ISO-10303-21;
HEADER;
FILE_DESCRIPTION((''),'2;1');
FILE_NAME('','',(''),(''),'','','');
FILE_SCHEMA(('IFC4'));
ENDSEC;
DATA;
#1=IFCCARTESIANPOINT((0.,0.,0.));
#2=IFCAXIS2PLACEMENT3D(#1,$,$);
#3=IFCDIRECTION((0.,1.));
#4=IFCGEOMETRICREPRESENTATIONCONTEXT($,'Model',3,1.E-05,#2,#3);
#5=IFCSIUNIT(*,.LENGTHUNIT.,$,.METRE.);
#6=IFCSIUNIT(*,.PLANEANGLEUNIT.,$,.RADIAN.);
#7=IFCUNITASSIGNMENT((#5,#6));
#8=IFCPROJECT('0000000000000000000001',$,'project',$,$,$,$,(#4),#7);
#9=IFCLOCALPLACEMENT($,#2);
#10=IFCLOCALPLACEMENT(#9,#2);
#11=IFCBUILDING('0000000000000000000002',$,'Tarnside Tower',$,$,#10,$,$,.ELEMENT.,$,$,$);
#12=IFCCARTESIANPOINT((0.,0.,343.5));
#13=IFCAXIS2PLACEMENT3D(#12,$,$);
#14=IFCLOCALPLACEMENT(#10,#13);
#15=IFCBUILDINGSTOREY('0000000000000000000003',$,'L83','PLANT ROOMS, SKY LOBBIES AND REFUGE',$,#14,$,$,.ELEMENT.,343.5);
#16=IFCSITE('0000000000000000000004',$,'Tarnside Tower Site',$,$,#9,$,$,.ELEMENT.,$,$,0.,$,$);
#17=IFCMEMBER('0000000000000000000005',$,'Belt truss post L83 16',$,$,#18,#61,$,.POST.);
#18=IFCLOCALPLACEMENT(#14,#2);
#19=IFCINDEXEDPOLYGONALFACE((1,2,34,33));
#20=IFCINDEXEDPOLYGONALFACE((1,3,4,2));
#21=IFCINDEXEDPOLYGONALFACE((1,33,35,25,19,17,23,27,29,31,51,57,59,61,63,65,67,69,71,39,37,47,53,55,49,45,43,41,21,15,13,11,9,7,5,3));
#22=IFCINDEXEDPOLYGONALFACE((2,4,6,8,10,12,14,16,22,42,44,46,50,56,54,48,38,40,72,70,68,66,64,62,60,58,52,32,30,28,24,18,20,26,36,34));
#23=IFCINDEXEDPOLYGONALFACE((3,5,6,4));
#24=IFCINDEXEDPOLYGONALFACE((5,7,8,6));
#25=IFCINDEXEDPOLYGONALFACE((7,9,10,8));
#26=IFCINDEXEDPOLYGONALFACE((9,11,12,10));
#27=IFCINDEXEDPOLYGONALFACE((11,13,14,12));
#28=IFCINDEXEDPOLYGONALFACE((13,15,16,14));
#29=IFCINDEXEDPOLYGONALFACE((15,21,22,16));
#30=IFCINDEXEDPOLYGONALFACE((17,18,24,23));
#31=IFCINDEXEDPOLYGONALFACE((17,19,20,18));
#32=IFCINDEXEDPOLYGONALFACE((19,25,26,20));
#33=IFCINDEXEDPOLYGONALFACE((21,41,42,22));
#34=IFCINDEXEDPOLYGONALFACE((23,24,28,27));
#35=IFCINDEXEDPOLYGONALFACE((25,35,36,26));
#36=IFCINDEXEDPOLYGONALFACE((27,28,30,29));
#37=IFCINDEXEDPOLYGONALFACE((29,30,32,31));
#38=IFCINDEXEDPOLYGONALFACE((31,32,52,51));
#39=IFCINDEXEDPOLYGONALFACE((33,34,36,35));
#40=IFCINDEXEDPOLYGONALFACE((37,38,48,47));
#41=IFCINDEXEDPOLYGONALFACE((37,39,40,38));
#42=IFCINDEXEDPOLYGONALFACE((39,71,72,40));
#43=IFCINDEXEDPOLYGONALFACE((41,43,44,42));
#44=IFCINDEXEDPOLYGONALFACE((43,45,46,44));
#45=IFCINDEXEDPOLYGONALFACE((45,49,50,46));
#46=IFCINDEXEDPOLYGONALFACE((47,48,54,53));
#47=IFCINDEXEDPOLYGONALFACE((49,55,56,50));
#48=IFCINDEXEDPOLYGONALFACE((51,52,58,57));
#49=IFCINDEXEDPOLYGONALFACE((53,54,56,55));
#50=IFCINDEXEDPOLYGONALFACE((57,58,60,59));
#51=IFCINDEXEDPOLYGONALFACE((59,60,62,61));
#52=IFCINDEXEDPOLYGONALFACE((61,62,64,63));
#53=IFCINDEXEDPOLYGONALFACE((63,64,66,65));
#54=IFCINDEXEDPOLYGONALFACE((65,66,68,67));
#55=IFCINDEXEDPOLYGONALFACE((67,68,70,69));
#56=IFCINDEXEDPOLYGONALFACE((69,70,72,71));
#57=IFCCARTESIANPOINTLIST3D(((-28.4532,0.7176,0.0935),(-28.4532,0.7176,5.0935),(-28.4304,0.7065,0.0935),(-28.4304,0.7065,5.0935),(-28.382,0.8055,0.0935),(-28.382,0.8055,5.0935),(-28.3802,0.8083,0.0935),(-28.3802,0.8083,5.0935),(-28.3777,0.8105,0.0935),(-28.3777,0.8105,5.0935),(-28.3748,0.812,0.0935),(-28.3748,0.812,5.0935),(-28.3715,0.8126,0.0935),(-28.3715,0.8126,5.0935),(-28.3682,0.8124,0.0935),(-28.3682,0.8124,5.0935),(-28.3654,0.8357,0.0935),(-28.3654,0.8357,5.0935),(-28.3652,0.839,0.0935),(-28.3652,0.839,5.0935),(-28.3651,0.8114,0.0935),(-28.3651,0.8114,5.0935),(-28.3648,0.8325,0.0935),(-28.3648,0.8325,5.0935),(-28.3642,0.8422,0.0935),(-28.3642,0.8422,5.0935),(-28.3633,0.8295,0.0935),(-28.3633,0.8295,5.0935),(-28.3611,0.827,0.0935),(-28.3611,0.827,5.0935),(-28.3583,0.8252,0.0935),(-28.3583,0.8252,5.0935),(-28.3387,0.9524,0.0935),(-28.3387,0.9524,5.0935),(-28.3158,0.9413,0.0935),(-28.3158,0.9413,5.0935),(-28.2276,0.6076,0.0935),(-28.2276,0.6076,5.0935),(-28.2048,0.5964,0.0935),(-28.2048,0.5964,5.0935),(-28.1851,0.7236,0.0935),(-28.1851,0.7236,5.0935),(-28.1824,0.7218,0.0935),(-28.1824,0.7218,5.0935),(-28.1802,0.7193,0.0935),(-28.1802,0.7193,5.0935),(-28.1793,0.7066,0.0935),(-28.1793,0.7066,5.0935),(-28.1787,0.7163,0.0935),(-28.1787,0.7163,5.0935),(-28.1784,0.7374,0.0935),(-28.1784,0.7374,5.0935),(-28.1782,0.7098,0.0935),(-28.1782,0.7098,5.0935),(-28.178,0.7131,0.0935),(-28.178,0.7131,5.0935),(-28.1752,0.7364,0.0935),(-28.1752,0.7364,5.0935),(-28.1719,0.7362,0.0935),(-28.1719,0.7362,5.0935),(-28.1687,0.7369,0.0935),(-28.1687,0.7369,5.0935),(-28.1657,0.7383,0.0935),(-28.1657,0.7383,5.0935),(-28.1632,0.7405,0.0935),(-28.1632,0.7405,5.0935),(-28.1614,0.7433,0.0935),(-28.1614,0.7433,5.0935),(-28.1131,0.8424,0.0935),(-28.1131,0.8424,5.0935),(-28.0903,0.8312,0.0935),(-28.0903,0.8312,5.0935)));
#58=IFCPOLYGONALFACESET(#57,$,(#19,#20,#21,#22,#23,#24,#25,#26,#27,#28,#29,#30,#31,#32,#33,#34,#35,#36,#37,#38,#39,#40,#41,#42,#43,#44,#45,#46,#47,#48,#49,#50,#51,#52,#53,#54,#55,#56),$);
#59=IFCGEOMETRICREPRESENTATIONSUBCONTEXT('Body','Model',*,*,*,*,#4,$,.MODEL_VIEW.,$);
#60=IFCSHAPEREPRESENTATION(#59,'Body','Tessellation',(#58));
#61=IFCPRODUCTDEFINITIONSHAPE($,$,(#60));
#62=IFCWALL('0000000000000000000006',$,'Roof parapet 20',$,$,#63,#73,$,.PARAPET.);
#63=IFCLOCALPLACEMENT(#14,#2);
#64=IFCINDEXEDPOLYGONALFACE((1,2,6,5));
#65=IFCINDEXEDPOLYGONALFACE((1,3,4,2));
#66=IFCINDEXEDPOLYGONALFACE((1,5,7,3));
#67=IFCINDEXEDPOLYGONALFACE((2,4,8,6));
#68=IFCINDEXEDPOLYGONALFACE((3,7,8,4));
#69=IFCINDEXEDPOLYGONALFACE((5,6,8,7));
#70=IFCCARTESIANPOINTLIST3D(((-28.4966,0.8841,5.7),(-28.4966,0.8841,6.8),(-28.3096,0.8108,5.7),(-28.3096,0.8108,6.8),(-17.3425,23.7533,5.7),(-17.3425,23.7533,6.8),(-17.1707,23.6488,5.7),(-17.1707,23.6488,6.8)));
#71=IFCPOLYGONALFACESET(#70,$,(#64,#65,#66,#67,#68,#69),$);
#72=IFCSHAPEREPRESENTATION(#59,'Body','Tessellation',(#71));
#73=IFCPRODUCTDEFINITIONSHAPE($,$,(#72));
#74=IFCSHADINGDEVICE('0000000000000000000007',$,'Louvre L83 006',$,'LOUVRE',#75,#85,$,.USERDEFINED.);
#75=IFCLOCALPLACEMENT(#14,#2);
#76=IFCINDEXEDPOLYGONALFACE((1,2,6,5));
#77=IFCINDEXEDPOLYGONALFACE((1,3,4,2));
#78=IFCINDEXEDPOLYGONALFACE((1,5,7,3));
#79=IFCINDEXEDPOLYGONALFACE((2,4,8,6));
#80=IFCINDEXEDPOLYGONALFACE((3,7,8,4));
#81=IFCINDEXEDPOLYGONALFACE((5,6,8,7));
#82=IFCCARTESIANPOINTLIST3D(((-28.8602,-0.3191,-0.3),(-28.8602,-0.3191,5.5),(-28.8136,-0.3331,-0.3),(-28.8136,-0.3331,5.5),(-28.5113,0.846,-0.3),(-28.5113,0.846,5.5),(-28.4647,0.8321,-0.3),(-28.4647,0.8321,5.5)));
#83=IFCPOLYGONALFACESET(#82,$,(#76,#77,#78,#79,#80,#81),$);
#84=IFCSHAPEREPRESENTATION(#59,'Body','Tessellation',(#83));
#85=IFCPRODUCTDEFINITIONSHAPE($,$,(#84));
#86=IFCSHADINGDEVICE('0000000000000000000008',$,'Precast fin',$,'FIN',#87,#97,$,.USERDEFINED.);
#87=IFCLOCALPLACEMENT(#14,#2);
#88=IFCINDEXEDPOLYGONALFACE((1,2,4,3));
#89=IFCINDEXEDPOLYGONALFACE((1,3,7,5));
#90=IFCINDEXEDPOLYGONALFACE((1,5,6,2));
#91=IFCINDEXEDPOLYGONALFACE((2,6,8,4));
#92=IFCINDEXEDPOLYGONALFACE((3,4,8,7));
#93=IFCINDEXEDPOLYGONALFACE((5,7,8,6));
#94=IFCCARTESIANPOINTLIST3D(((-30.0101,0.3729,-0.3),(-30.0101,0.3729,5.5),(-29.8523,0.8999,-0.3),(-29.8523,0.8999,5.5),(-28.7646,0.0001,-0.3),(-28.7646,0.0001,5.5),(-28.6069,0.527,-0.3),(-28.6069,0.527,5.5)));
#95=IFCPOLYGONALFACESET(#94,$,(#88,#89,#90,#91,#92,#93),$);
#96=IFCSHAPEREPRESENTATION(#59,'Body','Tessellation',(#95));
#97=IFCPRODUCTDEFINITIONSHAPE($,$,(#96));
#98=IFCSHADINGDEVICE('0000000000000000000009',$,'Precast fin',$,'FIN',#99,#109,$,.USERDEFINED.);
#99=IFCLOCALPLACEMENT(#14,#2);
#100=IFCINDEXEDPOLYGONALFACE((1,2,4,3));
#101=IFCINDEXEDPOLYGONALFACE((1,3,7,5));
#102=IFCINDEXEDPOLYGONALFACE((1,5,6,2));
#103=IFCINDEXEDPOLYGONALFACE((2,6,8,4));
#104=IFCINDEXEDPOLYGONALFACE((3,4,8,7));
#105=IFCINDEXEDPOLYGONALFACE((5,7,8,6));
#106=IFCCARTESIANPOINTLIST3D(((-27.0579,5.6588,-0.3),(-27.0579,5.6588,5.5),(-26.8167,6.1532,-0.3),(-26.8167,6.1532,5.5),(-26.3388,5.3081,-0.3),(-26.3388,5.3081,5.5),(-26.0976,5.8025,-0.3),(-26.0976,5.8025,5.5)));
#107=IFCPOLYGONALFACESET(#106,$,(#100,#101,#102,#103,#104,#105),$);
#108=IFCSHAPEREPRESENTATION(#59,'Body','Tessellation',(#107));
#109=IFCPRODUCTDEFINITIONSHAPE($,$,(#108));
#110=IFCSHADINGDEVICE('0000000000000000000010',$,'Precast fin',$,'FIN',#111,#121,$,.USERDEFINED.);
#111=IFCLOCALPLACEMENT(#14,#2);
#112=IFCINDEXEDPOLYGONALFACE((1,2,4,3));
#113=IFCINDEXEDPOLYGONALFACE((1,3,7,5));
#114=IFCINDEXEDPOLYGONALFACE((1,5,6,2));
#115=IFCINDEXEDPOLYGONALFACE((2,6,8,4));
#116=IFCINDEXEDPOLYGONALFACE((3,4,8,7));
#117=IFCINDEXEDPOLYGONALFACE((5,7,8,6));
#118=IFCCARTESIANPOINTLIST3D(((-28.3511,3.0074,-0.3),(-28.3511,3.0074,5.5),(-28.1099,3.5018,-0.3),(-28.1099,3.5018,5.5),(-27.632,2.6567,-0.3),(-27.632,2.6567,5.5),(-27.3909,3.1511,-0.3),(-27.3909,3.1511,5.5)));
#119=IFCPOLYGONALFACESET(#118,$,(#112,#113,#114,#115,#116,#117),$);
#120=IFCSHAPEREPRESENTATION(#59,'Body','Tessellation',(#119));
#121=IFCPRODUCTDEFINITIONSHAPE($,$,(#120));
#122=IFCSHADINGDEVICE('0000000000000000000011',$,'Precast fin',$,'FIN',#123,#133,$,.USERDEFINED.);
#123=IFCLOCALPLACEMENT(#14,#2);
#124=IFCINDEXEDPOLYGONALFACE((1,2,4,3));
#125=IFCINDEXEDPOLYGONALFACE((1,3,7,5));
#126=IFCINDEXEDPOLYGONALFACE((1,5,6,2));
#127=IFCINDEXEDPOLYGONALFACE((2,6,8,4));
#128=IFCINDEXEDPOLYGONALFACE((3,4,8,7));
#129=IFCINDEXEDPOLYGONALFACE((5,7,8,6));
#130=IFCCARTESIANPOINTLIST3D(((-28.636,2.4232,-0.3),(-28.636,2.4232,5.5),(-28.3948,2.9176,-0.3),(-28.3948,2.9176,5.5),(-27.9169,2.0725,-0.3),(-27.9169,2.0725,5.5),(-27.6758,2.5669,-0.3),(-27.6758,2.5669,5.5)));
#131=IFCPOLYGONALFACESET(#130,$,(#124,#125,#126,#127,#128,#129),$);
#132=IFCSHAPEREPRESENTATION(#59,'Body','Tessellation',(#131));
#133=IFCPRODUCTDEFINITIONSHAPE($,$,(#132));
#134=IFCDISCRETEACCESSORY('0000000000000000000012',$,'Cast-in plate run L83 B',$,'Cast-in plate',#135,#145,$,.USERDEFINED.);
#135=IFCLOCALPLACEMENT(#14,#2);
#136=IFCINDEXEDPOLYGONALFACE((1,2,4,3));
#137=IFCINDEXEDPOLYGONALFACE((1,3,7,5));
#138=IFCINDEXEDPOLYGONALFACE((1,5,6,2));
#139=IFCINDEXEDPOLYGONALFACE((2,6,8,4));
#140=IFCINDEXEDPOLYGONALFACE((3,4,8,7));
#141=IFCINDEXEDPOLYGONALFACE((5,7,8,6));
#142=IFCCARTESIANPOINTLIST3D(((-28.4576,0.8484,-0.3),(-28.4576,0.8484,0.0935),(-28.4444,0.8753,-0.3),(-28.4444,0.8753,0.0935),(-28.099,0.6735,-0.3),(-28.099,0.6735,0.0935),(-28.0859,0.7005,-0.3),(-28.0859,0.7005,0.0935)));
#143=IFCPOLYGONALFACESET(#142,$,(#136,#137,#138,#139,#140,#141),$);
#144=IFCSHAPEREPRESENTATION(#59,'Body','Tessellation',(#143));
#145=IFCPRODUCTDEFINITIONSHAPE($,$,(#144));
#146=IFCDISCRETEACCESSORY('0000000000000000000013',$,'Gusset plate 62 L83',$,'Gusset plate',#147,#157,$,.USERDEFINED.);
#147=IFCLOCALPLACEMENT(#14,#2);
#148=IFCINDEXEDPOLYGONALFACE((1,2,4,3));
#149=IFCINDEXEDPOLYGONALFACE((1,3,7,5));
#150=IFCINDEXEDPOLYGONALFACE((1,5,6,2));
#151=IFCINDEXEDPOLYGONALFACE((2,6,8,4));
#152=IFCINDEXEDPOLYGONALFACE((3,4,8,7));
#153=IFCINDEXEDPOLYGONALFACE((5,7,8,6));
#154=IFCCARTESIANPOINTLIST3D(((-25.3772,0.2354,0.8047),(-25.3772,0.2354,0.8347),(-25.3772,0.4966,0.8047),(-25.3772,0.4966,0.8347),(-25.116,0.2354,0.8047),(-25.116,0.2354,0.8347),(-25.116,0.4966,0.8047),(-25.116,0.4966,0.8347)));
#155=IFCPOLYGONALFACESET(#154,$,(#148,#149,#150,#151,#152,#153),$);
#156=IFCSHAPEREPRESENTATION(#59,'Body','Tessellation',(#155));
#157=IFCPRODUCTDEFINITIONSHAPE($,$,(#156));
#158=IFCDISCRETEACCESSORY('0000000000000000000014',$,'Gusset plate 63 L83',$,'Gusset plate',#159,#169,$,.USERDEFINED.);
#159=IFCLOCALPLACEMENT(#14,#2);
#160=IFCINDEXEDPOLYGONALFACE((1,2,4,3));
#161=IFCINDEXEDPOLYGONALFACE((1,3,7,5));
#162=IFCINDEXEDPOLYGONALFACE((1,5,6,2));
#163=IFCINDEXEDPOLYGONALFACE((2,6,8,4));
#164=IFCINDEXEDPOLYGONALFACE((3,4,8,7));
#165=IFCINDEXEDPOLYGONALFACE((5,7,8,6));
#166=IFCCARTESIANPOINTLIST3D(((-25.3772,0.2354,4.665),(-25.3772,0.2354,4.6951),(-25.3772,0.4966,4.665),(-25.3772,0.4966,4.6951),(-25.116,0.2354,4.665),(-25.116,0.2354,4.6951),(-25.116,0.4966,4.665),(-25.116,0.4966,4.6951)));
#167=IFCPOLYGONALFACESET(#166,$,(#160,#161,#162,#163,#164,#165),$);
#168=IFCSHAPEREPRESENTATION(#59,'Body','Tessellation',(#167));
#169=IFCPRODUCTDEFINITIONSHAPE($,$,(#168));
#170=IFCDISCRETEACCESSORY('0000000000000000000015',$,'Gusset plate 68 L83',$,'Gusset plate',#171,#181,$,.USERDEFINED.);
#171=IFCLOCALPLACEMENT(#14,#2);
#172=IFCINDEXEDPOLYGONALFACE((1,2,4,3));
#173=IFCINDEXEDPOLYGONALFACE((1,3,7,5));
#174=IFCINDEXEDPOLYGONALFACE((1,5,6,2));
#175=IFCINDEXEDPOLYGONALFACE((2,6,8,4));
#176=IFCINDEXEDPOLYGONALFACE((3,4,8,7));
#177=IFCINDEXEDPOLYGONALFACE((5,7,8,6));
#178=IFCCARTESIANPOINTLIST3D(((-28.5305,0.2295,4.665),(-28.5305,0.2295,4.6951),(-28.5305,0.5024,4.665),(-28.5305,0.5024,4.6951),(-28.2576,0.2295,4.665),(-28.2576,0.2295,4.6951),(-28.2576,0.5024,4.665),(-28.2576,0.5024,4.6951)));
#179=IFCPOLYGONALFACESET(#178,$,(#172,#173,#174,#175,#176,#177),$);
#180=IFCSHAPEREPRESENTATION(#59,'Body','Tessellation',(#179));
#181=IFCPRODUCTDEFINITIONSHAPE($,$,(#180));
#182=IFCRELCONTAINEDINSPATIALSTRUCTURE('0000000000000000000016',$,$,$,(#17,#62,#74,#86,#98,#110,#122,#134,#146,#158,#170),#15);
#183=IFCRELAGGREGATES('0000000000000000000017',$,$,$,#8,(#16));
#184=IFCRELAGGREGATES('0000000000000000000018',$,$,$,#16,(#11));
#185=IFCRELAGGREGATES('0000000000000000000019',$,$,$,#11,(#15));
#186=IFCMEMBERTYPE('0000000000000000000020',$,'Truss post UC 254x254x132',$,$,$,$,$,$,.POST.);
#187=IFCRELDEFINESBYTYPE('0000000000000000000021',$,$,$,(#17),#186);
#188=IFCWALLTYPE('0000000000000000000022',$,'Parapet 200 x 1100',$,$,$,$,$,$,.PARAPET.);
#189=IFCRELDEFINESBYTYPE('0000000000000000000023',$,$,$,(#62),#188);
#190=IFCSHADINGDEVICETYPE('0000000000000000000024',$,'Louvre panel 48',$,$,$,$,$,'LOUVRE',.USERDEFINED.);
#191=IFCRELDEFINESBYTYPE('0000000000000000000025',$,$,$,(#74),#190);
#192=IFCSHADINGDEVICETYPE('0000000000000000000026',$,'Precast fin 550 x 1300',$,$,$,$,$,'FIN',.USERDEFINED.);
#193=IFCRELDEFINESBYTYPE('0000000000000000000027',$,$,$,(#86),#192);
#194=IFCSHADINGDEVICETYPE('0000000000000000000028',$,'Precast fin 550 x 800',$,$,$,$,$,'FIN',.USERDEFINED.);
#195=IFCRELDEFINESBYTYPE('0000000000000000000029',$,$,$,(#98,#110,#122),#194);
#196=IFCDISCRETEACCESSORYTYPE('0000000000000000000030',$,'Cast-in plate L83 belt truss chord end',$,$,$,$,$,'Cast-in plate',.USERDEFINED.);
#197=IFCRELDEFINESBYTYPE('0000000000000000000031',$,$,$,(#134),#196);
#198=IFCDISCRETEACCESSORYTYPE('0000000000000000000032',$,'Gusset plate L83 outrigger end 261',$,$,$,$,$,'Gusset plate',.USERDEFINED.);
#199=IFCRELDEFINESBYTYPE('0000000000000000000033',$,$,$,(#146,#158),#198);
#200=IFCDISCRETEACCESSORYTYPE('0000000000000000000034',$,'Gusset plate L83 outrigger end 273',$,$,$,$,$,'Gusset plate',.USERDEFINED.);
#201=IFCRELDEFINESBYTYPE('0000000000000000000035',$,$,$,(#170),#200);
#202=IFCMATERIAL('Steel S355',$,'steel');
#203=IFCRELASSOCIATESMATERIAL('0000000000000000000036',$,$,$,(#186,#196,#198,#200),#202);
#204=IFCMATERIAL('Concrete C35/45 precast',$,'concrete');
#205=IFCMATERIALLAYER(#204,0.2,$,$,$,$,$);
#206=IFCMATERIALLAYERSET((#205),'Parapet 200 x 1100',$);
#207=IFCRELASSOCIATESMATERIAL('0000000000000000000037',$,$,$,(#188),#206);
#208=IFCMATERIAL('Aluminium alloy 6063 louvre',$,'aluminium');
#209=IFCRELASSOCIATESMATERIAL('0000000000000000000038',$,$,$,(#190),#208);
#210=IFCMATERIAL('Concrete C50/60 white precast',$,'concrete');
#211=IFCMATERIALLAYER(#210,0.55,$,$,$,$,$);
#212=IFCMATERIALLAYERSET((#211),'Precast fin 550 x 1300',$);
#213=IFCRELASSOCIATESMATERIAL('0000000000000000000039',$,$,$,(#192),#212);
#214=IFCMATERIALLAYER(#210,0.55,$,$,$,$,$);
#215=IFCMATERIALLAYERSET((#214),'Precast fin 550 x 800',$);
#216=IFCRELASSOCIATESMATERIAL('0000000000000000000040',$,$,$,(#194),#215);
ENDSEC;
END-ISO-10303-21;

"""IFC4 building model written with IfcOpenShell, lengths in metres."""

from ifc_helpers import new_model, si_unit, direction, frame, origin, origin_2d, place, context, subcontext, project, spatial, polyline, rectangle, i_section, outline, extrude, material, layer, layer_set, material_profile, profile_set, type_object, element, save


model = new_model("IFC4")

# Units and contexts
model_context = context("Model", 3, precision=1e-05, world=origin(), true_north=direction((0.0, 1.0)))
body_context = subcontext(model_context, "Body", "Model", "MODEL_VIEW")
ifc_project = project(units=[si_unit("LENGTHUNIT", "METRE"), si_unit("PLANEANGLEUNIT", "RADIAN")], contexts=[model_context])

# Site, building, storey
site_placement = place(None, origin())
site = spatial("IfcSite", under=ifc_project, at=site_placement, Name="Tarnside Tower Site", CompositionType="ELEMENT", RefElevation=0.0)
building_placement = place(site_placement, origin())
building = spatial("IfcBuilding", under=site, at=building_placement, Name="Tarnside Tower", CompositionType="ELEMENT")
storey_placement = place(building_placement, frame((0.0, 0.0, 343.5)))
storey = spatial("IfcBuildingStorey", under=building, at=storey_placement, Name="L83", Description="PLANT ROOMS, SKY LOBBIES AND REFUGE", CompositionType="ELEMENT", Elevation=343.5)

# Shared definitions
ifc_material_1 = material(Name="Steel S355", Category="steel")

# Member
ifc_material_profile_1 = material_profile(ifc_material_1, i_section(OverallWidth=0.2612, OverallDepth=0.2764, WebThickness=0.0154, FlangeThickness=0.0254, FilletRadius=0.0127, at=origin_2d()), Name="UC 254x254x132")
ifc_profile_set_1 = profile_set([ifc_material_profile_1], Name="Steel S355")
member_type_1 = type_object("IfcMemberType", Name="Truss post UC 254x254x132", PredefinedType="POST", material=ifc_profile_set_1)
for number, where, z_axis, x_axis, name in (
    (1, (-28.2717, 0.7744, 0.0935), (0.0, 0.0, 1.0), (-0.438371, -0.898794, 0.0), "Belt truss post L83 16"),
):
    element("IfcMember", number, at=place(storey_placement, frame(where, z_axis=z_axis, x_axis=x_axis)), inside=storey, type_object=member_type_1, Name=name, PredefinedType="POST", context=body_context, shape_type="SweptSolid", body=[
        extrude(i_section(OverallWidth=0.2612, OverallDepth=0.2764, WebThickness=0.0154, FlangeThickness=0.0254, FilletRadius=0.0127, at=origin_2d()), origin(), (0.0, 0.0, 1.0), 5.0),
    ])

# Wall
ifc_material_2 = material(Name="Concrete C35/45 precast", Category="concrete")
ifc_layer_1 = layer(ifc_material_2, 0.2)
ifc_layer_set_1 = layer_set([ifc_layer_1], Name="Parapet 200 x 1100")
wall_type = type_object("IfcWallType", Name="Parapet 200 x 1100", PredefinedType="PARAPET", material=ifc_layer_set_1)
wall_placement = place(storey_placement, frame((-28.4031, 0.8474, 5.7), z_axis=(0.0, 0.0, 1.0), x_axis=(0.43837, 0.898795, 0.0)))
element("IfcWall", 2, at=wall_placement, inside=storey, type_object=wall_type, Name="Roof parapet 20", PredefinedType="PARAPET", context=body_context, shape_type="SweptSolid", body=[
    extrude(outline(polyline([(0.0081, -0.1001), (25.4177, -0.1001), (25.4363, 0.1001), (-0.0081, 0.1001), (0.0081, -0.1001)])), origin(), (0.0, 0.0, 1.0), 1.1001),
])

# Shading devices
ifc_material_3 = material(Name="Aluminium alloy 6063 louvre", Category="aluminium")
shading_device_type_1 = type_object("IfcShadingDeviceType", Name="Louvre panel 48", ElementType="LOUVRE", PredefinedType="USERDEFINED", material=ifc_material_3)
shading_device_1_placement = place(storey_placement, frame((-28.6392, 0.2495, -0.3), z_axis=(0.28685, 0.957976, 0.0), x_axis=(-0.957976, 0.28685, 0.0)))
element("IfcShadingDevice", 3, at=shading_device_1_placement, inside=storey, type_object=shading_device_type_1, Name="Louvre L83 006", ObjectType="LOUVRE", PredefinedType="USERDEFINED", context=body_context, shape_type="SweptSolid", body=[
    extrude(outline(polyline([(0.0, 0.0), (0.0486, 0.0), (0.0486, 5.8), (0.0, 5.8), (0.0, 0.0)])), frame((0.0, 0.0, -0.6082)), (0.0, 0.0, 1.0), 1.2163),
])
ifc_material_4 = material(Name="Concrete C50/60 white precast", Category="concrete")
ifc_layer_2 = layer(ifc_material_4, 0.55)
ifc_layer_set_2 = layer_set([ifc_layer_2], Name="Precast fin 550 x 1300")
shading_device_type_2 = type_object("IfcShadingDeviceType", Name="Precast fin 550 x 1300", ElementType="FIN", PredefinedType="USERDEFINED", material=ifc_layer_set_2)
shading_device_2_placement = place(storey_placement, frame((-28.6858, 0.2634, -0.3), z_axis=(0.286803, 0.95799, 0.0), x_axis=(-0.95799, 0.286803, 0.0)))
element("IfcShadingDevice", 4, at=shading_device_2_placement, inside=storey, type_object=shading_device_type_2, Name="Precast fin", ObjectType="FIN", PredefinedType="USERDEFINED", context=body_context, shape_type="SweptSolid", body=[
    extrude(outline(polyline([(0.0, 0.0), (1.3, 0.0), (1.3, 5.8), (0.0, 5.8), (0.0, 0.0)])), frame((0.0, 0.0, -0.2749)), (0.0, 0.0, 1.0), 0.55),
])
ifc_layer_3 = layer(ifc_material_4, 0.55)
ifc_layer_set_3 = layer_set([ifc_layer_3], Name="Precast fin 550 x 800")
shading_device_type_3 = type_object("IfcShadingDeviceType", Name="Precast fin 550 x 800", ElementType="FIN", PredefinedType="USERDEFINED", material=ifc_layer_set_3)
for number, where, z_axis, x_axis, name in (
    (5, (-26.2183, 5.5552, -0.3), (0.438371, 0.898794, 0.0), (-0.898794, 0.438371, 0.0), "Precast fin"),
    (6, (-27.5115, 2.9038, -0.3), (0.438371, 0.898794, 0.0), (-0.898794, 0.438371, 0.0), "Precast fin"),
    (7, (-27.7964, 2.3196, -0.3), (0.438371, 0.898794, 0.0), (-0.898794, 0.438371, 0.0), "Precast fin"),
):
    element("IfcShadingDevice", number, at=place(storey_placement, frame(where, z_axis=z_axis, x_axis=x_axis)), inside=storey, type_object=shading_device_type_3, Name=name, ObjectType="FIN", PredefinedType="USERDEFINED", context=body_context, shape_type="SweptSolid", body=[
        extrude(outline(polyline([(0.0, 0.0), (0.8, 0.0), (0.8, 5.8), (0.0, 5.8), (0.0, 0.0)])), frame((0.0, 0.0, -0.2749)), (0.0, 0.0, 1.0), 0.55),
    ])

# Discrete accessories
discrete_accessory_type_1 = type_object("IfcDiscreteAccessoryType", Name="Cast-in plate L83 belt truss chord end", ElementType="Cast-in plate", PredefinedType="USERDEFINED", material=ifc_material_1)
discrete_accessory_1_placement = place(storey_placement, frame((-28.2717, 0.7744, -0.3), z_axis=(0.0, 0.0, 1.0), x_axis=(-0.438371, -0.898794, 0.0)))
element("IfcDiscreteAccessory", 8, at=discrete_accessory_1_placement, inside=storey, type_object=discrete_accessory_type_1, Name="Cast-in plate run L83 B", ObjectType="Cast-in plate", PredefinedType="USERDEFINED", context=body_context, shape_type="SweptSolid", body=[
    extrude(rectangle(XDim=0.03, YDim=0.3989, at=origin_2d()), origin(), (0.0, 0.0, 1.0), 0.3936),
])
discrete_accessory_type_2 = type_object("IfcDiscreteAccessoryType", Name="Gusset plate L83 outrigger end 261", ElementType="Gusset plate", PredefinedType="USERDEFINED", material=ifc_material_1)
for number, where, z_axis, x_axis, name in (
    (9, (-25.2466, 0.366, 0.8047), (0.0, 0.0, 1.0), (1.0, 0.0, 0.0), "Gusset plate 62 L83"),
    (10, (-25.2466, 0.366, 4.665), (0.0, 0.0, 1.0), (1.0, 0.0, 0.0), "Gusset plate 63 L83"),
):
    element("IfcDiscreteAccessory", number, at=place(storey_placement, frame(where, z_axis=z_axis, x_axis=x_axis)), inside=storey, type_object=discrete_accessory_type_2, Name=name, ObjectType="Gusset plate", PredefinedType="USERDEFINED", context=body_context, shape_type="SweptSolid", body=[
        extrude(rectangle(XDim=0.2612, YDim=0.2612, at=origin_2d()), origin(), (0.0, 0.0, 1.0), 0.03),
    ])
discrete_accessory_type_3 = type_object("IfcDiscreteAccessoryType", Name="Gusset plate L83 outrigger end 273", ElementType="Gusset plate", PredefinedType="USERDEFINED", material=ifc_material_1)
discrete_accessory_2_placement = place(storey_placement, frame((-28.394, 0.366, 4.665), z_axis=(0.0, 0.0, 1.0), x_axis=(1.0, 0.0, 0.0)))
element("IfcDiscreteAccessory", 11, at=discrete_accessory_2_placement, inside=storey, type_object=discrete_accessory_type_3, Name="Gusset plate 68 L83", ObjectType="Gusset plate", PredefinedType="USERDEFINED", context=body_context, shape_type="SweptSolid", body=[
    extrude(rectangle(XDim=0.2729, YDim=0.2729, at=origin_2d()), origin(), (0.0, 0.0, 1.0), 0.03),
])

save(model, "model.ifc")
